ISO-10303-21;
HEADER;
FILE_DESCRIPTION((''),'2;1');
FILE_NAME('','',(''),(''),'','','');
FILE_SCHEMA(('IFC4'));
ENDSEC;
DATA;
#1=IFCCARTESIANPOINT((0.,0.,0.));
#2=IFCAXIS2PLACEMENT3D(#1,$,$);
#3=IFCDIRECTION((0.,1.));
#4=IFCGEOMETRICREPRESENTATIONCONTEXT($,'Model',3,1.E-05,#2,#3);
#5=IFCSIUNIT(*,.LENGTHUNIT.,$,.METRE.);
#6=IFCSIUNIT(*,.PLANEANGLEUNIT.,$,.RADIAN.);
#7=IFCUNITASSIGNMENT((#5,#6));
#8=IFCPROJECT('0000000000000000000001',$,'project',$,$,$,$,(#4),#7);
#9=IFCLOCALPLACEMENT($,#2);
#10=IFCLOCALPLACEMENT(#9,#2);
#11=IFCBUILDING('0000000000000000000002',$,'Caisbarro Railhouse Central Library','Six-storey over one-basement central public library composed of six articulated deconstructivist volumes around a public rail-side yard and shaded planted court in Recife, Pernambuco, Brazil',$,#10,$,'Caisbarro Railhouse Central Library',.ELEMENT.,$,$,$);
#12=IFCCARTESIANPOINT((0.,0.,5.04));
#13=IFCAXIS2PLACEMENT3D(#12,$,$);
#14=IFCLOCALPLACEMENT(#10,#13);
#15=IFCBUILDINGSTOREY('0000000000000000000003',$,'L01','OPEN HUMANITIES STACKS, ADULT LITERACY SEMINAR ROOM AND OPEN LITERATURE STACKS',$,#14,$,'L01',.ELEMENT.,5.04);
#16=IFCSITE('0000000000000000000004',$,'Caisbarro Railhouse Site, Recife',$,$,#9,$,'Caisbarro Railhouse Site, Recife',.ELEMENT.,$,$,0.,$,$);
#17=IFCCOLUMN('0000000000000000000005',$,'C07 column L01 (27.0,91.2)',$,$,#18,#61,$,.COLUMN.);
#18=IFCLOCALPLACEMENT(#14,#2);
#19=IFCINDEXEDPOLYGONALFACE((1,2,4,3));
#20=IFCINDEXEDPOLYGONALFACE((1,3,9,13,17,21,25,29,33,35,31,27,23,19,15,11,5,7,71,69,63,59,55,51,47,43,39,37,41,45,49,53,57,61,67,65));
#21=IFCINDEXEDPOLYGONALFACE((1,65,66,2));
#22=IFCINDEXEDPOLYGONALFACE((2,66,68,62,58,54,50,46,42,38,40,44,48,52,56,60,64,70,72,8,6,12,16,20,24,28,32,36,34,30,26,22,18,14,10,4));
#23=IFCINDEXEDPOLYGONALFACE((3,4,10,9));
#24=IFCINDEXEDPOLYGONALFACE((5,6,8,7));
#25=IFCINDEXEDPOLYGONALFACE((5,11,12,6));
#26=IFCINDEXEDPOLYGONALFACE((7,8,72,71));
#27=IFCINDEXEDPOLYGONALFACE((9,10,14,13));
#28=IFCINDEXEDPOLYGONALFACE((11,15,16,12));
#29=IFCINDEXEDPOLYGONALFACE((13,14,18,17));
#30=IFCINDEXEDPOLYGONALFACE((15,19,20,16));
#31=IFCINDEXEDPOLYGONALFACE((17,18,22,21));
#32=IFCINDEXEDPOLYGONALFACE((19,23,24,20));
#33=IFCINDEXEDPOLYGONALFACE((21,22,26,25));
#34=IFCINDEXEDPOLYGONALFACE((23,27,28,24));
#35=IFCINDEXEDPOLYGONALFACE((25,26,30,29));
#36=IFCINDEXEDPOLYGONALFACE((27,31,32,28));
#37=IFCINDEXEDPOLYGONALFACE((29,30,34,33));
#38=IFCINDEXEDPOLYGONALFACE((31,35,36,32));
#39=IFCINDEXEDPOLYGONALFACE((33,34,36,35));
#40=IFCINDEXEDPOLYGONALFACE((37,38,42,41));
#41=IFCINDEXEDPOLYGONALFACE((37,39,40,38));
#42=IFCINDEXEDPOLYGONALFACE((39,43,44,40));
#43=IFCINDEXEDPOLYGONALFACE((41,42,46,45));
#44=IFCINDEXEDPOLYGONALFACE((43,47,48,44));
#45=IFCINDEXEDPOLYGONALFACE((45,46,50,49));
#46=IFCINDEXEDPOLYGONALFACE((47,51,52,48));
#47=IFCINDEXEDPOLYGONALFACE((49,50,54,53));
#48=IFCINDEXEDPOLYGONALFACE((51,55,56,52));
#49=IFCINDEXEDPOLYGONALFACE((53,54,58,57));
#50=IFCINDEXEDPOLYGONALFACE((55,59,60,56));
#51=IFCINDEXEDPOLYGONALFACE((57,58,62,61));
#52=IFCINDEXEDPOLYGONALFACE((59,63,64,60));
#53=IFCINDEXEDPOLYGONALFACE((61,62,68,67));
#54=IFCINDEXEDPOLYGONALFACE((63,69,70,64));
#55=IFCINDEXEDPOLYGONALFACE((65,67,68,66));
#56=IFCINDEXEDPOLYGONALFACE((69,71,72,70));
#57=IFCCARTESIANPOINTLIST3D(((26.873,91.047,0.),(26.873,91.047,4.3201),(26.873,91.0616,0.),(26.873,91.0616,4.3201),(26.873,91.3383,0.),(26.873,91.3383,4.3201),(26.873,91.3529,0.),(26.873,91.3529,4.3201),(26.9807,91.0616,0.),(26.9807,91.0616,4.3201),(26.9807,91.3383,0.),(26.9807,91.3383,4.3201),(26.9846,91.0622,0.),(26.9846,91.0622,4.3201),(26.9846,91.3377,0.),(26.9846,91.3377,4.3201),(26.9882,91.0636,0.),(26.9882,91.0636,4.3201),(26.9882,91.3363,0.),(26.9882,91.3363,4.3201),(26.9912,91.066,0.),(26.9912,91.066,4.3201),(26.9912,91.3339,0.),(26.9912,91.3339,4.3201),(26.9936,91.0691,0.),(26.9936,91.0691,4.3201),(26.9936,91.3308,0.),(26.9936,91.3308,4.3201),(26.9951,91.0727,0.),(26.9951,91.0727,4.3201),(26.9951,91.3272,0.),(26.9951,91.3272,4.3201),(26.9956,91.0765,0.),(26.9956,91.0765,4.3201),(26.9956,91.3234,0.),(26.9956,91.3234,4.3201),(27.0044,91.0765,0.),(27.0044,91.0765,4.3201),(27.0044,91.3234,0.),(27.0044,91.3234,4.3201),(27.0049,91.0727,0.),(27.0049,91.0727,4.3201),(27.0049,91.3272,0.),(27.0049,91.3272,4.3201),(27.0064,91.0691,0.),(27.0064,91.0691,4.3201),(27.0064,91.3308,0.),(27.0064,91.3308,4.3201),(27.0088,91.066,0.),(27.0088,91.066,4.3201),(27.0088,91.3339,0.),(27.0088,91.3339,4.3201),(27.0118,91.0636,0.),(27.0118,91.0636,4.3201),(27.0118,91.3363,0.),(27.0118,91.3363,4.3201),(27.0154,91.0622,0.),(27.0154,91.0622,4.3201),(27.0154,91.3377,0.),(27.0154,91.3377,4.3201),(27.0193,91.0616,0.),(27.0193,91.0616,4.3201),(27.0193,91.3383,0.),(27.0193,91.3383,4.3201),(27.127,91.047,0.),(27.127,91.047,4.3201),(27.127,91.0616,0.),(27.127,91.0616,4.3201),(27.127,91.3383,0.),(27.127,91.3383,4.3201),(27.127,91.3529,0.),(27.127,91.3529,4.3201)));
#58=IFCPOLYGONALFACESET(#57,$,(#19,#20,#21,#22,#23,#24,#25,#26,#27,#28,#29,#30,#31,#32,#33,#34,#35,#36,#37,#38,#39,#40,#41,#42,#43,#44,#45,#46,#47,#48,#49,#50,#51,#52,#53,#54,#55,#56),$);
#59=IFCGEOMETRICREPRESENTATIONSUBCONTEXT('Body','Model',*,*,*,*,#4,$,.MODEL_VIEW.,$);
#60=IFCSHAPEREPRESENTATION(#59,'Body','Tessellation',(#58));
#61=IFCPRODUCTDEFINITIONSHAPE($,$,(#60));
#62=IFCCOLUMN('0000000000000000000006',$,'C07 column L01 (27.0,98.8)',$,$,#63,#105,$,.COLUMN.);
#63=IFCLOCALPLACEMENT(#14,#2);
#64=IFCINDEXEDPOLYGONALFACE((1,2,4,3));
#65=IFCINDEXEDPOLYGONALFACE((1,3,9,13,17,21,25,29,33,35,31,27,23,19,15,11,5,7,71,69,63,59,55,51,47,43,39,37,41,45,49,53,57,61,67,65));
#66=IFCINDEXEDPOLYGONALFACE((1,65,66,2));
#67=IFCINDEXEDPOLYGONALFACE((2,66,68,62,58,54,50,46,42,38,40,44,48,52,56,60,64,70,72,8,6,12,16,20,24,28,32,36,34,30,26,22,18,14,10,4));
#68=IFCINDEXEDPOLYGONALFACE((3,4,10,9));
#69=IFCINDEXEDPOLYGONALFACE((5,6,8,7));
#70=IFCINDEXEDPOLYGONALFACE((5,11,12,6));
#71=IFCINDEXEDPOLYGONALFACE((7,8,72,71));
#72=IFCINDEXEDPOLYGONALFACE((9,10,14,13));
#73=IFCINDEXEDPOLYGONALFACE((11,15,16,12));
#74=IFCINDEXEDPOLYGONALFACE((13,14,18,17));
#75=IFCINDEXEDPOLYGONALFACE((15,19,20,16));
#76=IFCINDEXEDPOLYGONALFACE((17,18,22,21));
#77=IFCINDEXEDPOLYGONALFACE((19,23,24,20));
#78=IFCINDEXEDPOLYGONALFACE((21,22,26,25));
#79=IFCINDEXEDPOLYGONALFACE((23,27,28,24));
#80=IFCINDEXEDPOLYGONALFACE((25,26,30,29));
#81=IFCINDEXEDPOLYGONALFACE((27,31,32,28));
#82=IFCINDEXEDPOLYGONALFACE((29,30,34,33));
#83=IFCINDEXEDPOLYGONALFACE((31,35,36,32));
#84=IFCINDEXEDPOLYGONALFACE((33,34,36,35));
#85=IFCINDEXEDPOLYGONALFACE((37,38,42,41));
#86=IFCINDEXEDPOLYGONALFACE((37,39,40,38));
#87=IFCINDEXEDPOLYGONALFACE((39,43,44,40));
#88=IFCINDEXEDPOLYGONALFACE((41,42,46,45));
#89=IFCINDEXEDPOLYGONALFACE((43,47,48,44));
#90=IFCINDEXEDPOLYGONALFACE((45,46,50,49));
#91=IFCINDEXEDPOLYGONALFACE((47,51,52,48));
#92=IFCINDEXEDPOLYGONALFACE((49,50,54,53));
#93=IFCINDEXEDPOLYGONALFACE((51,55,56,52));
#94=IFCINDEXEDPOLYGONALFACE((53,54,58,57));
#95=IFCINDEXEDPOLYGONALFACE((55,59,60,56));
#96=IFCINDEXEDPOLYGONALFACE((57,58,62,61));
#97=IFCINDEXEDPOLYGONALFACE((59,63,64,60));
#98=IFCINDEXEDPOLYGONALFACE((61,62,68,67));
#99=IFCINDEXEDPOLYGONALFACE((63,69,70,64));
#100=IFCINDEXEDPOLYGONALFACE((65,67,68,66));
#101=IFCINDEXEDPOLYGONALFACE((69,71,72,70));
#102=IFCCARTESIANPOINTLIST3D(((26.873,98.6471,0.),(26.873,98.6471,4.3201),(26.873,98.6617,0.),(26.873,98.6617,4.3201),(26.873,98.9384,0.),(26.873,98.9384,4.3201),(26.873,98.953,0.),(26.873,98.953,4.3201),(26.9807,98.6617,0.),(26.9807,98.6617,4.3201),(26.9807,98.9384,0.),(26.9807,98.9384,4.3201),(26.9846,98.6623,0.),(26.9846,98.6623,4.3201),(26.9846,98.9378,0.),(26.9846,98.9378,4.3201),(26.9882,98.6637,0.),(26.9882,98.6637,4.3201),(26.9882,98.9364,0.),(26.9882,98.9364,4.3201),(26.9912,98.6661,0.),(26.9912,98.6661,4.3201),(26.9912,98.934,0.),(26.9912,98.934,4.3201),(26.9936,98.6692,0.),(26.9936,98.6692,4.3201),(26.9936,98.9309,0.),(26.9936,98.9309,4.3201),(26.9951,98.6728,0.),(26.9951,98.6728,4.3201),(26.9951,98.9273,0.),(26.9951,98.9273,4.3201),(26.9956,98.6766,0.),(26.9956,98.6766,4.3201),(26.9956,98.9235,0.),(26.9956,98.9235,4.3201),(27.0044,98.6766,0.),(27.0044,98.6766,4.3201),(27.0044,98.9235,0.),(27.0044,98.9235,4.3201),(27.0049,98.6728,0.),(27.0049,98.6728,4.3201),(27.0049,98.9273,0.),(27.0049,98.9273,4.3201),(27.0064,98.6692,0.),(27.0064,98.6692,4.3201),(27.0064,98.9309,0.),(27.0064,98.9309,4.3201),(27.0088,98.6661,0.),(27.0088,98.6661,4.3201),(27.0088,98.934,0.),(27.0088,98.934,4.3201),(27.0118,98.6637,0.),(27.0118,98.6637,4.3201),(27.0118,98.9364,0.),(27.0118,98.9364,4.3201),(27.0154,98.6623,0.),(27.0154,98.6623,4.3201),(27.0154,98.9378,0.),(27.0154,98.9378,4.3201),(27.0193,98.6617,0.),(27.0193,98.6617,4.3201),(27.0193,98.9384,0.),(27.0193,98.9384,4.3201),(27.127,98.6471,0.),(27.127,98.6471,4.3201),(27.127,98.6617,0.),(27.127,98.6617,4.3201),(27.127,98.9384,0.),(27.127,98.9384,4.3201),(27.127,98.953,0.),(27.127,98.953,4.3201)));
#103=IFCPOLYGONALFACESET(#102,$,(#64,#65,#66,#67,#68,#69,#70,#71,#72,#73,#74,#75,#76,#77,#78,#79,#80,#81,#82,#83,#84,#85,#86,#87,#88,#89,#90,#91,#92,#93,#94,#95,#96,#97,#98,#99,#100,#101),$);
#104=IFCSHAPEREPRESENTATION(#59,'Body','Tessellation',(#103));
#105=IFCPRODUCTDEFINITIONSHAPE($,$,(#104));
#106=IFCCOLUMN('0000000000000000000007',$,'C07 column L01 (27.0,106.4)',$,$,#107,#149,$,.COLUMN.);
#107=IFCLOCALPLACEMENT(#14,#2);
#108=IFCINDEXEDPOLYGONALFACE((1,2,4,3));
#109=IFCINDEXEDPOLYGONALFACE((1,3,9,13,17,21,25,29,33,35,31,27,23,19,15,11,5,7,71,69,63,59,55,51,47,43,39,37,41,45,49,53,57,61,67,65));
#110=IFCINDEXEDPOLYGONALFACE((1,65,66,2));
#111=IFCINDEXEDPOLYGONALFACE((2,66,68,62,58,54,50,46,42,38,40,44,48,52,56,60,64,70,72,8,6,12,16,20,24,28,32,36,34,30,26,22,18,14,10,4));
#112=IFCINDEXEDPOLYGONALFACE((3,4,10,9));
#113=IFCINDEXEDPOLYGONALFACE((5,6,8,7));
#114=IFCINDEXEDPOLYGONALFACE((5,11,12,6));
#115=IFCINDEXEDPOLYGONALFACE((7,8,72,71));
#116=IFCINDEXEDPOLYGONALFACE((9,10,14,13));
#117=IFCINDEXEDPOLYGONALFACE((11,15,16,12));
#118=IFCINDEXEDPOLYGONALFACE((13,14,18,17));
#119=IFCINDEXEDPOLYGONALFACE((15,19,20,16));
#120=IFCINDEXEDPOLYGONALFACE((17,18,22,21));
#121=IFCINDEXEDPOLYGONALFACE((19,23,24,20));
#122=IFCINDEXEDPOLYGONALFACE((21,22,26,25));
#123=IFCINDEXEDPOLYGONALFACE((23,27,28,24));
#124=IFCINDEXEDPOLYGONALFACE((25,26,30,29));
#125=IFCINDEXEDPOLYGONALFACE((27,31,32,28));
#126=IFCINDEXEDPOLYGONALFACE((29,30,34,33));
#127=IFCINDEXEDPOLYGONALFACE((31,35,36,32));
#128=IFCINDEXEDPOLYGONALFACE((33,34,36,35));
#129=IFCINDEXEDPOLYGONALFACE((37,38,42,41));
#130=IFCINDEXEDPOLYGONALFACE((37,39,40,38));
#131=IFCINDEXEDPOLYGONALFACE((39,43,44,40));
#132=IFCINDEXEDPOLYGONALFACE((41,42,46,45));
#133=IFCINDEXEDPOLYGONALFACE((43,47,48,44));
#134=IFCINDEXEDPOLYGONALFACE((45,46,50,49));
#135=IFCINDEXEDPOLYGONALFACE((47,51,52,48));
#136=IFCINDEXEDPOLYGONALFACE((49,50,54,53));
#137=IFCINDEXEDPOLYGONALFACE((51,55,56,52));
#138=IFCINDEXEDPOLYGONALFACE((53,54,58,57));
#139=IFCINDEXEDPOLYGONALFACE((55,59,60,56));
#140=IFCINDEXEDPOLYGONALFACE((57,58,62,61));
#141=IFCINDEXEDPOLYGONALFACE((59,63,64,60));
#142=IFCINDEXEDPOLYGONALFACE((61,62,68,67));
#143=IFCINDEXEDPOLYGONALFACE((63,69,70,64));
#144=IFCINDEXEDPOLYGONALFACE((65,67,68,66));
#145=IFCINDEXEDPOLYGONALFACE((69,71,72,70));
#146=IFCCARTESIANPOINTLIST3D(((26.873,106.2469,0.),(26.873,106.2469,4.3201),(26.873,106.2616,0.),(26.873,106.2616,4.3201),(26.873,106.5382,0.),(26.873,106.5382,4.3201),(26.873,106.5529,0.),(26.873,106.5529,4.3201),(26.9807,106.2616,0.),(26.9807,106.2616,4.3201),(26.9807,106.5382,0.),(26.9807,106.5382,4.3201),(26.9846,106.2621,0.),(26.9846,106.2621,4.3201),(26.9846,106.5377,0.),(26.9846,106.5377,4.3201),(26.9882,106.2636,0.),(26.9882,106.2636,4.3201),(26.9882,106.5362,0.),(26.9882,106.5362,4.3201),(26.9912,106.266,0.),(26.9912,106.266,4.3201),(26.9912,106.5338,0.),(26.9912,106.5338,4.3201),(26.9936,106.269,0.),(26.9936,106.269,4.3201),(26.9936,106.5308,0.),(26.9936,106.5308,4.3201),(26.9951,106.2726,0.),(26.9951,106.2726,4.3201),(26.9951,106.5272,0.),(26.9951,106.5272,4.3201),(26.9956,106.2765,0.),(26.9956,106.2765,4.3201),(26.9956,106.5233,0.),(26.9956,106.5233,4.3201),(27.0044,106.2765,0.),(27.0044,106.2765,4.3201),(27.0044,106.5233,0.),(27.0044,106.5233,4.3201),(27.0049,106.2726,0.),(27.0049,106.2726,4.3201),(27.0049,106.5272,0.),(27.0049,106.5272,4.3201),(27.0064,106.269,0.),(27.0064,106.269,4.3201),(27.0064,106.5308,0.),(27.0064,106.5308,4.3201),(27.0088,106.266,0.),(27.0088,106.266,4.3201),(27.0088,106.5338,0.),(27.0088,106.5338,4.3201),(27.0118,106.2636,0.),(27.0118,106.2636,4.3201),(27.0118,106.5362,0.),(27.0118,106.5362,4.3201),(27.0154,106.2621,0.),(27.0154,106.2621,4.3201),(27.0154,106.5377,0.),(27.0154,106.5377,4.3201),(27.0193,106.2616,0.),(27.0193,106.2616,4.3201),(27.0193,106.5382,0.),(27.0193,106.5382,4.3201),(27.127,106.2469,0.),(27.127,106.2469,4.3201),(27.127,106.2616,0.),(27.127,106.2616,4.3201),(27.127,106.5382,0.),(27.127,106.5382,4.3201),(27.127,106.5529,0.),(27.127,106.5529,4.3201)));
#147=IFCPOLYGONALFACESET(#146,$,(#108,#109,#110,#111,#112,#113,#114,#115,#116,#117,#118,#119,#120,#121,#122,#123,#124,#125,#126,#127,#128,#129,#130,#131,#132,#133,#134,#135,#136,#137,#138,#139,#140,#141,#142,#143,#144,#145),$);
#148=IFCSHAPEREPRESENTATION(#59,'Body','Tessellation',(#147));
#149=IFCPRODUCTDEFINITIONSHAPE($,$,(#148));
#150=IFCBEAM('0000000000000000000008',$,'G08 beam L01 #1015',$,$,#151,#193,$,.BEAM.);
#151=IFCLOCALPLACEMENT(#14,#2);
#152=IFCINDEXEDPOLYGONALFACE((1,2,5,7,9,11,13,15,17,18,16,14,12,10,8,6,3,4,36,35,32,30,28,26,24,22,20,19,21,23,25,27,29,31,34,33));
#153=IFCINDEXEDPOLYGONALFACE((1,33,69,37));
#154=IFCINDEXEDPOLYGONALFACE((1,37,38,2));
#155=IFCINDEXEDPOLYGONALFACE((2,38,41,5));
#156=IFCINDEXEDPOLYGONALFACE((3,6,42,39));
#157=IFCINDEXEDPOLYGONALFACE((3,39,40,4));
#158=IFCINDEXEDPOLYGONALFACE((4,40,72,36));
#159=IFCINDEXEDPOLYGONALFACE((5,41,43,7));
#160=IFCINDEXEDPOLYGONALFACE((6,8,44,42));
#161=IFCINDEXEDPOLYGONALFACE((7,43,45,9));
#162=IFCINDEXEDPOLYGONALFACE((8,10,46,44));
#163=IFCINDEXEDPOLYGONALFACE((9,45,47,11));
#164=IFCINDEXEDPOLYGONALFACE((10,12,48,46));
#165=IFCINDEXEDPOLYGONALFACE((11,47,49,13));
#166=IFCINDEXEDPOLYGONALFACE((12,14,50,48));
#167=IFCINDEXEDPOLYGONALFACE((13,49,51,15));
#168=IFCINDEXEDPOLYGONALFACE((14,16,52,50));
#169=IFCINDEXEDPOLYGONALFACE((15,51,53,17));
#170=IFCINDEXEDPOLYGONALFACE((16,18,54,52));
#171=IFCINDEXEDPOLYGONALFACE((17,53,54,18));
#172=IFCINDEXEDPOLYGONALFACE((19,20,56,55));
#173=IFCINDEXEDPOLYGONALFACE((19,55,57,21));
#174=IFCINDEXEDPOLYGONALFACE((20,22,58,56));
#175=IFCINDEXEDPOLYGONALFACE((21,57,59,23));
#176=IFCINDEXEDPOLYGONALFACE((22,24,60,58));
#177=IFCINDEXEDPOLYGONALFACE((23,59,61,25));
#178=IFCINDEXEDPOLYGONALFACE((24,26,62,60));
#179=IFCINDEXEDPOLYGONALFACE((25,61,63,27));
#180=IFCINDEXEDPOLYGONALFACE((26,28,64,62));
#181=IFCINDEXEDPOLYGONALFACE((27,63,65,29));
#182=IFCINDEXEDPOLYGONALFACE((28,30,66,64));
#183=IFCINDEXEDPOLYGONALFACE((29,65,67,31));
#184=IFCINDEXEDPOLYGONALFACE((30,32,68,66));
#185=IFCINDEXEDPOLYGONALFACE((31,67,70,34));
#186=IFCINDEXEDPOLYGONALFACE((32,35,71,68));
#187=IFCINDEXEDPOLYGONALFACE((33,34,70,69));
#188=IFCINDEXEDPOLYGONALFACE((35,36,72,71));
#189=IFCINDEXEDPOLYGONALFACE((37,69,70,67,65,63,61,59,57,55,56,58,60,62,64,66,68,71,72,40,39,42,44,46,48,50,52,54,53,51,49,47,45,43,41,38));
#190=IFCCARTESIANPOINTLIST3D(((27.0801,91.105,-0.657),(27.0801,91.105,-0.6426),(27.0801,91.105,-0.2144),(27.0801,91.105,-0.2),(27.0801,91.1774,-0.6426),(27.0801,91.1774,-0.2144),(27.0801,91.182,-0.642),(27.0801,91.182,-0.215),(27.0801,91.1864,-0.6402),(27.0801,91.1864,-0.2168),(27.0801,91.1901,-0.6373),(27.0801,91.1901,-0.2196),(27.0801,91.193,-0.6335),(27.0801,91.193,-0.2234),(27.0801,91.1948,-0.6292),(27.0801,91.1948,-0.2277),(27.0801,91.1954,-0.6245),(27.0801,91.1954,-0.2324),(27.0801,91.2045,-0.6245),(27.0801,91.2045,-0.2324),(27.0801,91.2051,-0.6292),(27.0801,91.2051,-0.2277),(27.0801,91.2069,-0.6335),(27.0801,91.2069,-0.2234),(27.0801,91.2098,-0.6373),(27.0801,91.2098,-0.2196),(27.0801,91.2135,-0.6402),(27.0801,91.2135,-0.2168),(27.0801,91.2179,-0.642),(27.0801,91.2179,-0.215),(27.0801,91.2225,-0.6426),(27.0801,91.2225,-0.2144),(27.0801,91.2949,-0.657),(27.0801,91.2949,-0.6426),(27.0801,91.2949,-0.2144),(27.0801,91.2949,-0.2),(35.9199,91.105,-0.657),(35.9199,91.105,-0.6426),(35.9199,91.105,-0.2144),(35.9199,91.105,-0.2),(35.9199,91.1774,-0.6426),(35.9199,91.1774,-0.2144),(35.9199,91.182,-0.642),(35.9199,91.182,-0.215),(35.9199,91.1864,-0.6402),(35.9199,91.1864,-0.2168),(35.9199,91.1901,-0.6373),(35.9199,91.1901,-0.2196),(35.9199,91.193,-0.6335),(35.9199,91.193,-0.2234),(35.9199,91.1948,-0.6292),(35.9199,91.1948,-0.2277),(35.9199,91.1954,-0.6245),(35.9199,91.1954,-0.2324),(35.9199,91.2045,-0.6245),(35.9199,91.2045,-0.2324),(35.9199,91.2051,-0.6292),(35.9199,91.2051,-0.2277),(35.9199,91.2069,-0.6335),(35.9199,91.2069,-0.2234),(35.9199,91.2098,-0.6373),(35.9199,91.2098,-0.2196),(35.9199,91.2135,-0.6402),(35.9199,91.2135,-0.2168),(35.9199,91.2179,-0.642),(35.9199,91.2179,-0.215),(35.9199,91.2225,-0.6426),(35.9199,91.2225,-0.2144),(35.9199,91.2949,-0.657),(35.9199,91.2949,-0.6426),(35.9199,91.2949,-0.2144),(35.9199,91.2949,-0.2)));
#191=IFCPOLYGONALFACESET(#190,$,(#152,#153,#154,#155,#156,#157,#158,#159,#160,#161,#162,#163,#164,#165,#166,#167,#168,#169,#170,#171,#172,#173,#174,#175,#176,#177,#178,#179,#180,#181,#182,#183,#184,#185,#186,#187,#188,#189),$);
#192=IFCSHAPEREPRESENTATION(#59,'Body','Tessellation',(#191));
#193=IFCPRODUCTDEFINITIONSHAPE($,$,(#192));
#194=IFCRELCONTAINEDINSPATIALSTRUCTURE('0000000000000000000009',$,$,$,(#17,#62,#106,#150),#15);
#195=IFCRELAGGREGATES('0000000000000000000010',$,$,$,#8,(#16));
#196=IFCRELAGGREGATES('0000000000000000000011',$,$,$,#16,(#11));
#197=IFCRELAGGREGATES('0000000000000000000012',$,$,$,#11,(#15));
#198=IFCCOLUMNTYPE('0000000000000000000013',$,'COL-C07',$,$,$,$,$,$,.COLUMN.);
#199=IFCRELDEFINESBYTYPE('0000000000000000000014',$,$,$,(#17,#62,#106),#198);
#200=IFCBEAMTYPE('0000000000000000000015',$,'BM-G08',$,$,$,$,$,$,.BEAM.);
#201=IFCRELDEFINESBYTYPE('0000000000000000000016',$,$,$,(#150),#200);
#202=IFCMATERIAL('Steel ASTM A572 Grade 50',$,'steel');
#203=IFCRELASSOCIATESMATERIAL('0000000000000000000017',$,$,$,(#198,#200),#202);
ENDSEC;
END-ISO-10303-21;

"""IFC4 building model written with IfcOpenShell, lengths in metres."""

from ifc_helpers import new_model, si_unit, direction, frame, origin, origin_2d, place, context, subcontext, project, spatial, i_section, extrude, material, material_profile, profile_set, type_object, element, save


model = new_model("IFC4")

# Units and contexts
model_context = context("Model", 3, precision=1e-05, world=origin(), true_north=direction((0.0, 1.0)))
body_context = subcontext(model_context, "Body", "Model", "MODEL_VIEW")
ifc_project = project(units=[si_unit("LENGTHUNIT", "METRE"), si_unit("PLANEANGLEUNIT", "RADIAN")], contexts=[model_context])

# Site, building, storey
site_placement = place(None, origin())
site = spatial("IfcSite", under=ifc_project, at=site_placement, Name="Caisbarro Railhouse Site, Recife", LongName="Caisbarro Railhouse Site, Recife", CompositionType="ELEMENT", RefElevation=0.0)
building_placement = place(site_placement, origin())
building = spatial("IfcBuilding", under=site, at=building_placement, Name="Caisbarro Railhouse Central Library", Description="Six-storey over one-basement central public library composed of six articulated deconstructivist volumes around a public rail-side yard and shaded planted court in Recife, Pernambuco, Brazil", LongName="Caisbarro Railhouse Central Library", CompositionType="ELEMENT")
storey_placement = place(building_placement, frame((0.0, 0.0, 5.04)))
storey = spatial("IfcBuildingStorey", under=building, at=storey_placement, Name="L01", Description="OPEN HUMANITIES STACKS, ADULT LITERACY SEMINAR ROOM AND OPEN LITERATURE STACKS", LongName="L01", CompositionType="ELEMENT", Elevation=5.04)

# Columns
ifc_material_1 = material(Name="Steel ASTM A572 Grade 50", Category="steel")
ifc_material_profile_1 = material_profile(ifc_material_1, i_section(OverallWidth=0.2539, OverallDepth=0.3059, WebThickness=0.0088, FlangeThickness=0.0146, FilletRadius=0.0149, at=origin_2d()), Name="W310X79.0")
ifc_profile_set_1 = profile_set([ifc_material_profile_1], Name="Steel ASTM A572 Grade 50")
column_type = type_object("IfcColumnType", Name="COL-C07", PredefinedType="COLUMN", material=ifc_profile_set_1)
for number, where, z_axis, x_axis, name in (
    (1, (27.0, 91.2, 0.0), (0.0, 0.0, 1.0), (1.0, 0.0, 0.0), "C07 column L01 (27.0,91.2)"),
    (2, (27.0, 98.8, 0.0), (0.0, 0.0, 1.0), (1.0, 0.0, 0.0), "C07 column L01 (27.0,98.8)"),
    (3, (27.0, 106.3999, 0.0), (0.0, 0.0, 1.0), (1.0, 0.0, 0.0), "C07 column L01 (27.0,106.4)"),
):
    element("IfcColumn", number, at=place(storey_placement, frame(where, z_axis=z_axis, x_axis=x_axis)), inside=storey, type_object=column_type, Name=name, PredefinedType="COLUMN", context=body_context, shape_type="SweptSolid", body=[
        extrude(i_section(OverallWidth=0.2539, OverallDepth=0.3059, WebThickness=0.0088, FlangeThickness=0.0146, FilletRadius=0.0149, at=origin_2d()), origin(), (0.0, 0.0, 1.0), 4.3201),
    ])

# Beam
ifc_material_profile_2 = material_profile(ifc_material_1, i_section(OverallWidth=0.1899, OverallDepth=0.457, WebThickness=0.009, FlangeThickness=0.0144, FilletRadius=0.0181, at=origin_2d()), Name="W460X74.0")
ifc_profile_set_2 = profile_set([ifc_material_profile_2], Name="Steel ASTM A572 Grade 50")
beam_type_1 = type_object("IfcBeamType", Name="BM-G08", PredefinedType="BEAM", material=ifc_profile_set_2)
for number, where, z_axis, x_axis, name in (
    (4, (27.0801, 91.2, -0.4285), (1.0, 0.0, 0.0), (0.0, 1.0, 0.0), "G08 beam L01 #1015"),
):
    element("IfcBeam", number, at=place(storey_placement, frame(where, z_axis=z_axis, x_axis=x_axis)), inside=storey, type_object=beam_type_1, Name=name, PredefinedType="BEAM", context=body_context, shape_type="SweptSolid", body=[
        extrude(i_section(OverallWidth=0.1899, OverallDepth=0.457, WebThickness=0.009, FlangeThickness=0.0144, FilletRadius=0.0181, at=origin_2d()), origin(), (0.0, 0.0, 1.0), 8.8398),
    ])

save(model, "model.ifc")
